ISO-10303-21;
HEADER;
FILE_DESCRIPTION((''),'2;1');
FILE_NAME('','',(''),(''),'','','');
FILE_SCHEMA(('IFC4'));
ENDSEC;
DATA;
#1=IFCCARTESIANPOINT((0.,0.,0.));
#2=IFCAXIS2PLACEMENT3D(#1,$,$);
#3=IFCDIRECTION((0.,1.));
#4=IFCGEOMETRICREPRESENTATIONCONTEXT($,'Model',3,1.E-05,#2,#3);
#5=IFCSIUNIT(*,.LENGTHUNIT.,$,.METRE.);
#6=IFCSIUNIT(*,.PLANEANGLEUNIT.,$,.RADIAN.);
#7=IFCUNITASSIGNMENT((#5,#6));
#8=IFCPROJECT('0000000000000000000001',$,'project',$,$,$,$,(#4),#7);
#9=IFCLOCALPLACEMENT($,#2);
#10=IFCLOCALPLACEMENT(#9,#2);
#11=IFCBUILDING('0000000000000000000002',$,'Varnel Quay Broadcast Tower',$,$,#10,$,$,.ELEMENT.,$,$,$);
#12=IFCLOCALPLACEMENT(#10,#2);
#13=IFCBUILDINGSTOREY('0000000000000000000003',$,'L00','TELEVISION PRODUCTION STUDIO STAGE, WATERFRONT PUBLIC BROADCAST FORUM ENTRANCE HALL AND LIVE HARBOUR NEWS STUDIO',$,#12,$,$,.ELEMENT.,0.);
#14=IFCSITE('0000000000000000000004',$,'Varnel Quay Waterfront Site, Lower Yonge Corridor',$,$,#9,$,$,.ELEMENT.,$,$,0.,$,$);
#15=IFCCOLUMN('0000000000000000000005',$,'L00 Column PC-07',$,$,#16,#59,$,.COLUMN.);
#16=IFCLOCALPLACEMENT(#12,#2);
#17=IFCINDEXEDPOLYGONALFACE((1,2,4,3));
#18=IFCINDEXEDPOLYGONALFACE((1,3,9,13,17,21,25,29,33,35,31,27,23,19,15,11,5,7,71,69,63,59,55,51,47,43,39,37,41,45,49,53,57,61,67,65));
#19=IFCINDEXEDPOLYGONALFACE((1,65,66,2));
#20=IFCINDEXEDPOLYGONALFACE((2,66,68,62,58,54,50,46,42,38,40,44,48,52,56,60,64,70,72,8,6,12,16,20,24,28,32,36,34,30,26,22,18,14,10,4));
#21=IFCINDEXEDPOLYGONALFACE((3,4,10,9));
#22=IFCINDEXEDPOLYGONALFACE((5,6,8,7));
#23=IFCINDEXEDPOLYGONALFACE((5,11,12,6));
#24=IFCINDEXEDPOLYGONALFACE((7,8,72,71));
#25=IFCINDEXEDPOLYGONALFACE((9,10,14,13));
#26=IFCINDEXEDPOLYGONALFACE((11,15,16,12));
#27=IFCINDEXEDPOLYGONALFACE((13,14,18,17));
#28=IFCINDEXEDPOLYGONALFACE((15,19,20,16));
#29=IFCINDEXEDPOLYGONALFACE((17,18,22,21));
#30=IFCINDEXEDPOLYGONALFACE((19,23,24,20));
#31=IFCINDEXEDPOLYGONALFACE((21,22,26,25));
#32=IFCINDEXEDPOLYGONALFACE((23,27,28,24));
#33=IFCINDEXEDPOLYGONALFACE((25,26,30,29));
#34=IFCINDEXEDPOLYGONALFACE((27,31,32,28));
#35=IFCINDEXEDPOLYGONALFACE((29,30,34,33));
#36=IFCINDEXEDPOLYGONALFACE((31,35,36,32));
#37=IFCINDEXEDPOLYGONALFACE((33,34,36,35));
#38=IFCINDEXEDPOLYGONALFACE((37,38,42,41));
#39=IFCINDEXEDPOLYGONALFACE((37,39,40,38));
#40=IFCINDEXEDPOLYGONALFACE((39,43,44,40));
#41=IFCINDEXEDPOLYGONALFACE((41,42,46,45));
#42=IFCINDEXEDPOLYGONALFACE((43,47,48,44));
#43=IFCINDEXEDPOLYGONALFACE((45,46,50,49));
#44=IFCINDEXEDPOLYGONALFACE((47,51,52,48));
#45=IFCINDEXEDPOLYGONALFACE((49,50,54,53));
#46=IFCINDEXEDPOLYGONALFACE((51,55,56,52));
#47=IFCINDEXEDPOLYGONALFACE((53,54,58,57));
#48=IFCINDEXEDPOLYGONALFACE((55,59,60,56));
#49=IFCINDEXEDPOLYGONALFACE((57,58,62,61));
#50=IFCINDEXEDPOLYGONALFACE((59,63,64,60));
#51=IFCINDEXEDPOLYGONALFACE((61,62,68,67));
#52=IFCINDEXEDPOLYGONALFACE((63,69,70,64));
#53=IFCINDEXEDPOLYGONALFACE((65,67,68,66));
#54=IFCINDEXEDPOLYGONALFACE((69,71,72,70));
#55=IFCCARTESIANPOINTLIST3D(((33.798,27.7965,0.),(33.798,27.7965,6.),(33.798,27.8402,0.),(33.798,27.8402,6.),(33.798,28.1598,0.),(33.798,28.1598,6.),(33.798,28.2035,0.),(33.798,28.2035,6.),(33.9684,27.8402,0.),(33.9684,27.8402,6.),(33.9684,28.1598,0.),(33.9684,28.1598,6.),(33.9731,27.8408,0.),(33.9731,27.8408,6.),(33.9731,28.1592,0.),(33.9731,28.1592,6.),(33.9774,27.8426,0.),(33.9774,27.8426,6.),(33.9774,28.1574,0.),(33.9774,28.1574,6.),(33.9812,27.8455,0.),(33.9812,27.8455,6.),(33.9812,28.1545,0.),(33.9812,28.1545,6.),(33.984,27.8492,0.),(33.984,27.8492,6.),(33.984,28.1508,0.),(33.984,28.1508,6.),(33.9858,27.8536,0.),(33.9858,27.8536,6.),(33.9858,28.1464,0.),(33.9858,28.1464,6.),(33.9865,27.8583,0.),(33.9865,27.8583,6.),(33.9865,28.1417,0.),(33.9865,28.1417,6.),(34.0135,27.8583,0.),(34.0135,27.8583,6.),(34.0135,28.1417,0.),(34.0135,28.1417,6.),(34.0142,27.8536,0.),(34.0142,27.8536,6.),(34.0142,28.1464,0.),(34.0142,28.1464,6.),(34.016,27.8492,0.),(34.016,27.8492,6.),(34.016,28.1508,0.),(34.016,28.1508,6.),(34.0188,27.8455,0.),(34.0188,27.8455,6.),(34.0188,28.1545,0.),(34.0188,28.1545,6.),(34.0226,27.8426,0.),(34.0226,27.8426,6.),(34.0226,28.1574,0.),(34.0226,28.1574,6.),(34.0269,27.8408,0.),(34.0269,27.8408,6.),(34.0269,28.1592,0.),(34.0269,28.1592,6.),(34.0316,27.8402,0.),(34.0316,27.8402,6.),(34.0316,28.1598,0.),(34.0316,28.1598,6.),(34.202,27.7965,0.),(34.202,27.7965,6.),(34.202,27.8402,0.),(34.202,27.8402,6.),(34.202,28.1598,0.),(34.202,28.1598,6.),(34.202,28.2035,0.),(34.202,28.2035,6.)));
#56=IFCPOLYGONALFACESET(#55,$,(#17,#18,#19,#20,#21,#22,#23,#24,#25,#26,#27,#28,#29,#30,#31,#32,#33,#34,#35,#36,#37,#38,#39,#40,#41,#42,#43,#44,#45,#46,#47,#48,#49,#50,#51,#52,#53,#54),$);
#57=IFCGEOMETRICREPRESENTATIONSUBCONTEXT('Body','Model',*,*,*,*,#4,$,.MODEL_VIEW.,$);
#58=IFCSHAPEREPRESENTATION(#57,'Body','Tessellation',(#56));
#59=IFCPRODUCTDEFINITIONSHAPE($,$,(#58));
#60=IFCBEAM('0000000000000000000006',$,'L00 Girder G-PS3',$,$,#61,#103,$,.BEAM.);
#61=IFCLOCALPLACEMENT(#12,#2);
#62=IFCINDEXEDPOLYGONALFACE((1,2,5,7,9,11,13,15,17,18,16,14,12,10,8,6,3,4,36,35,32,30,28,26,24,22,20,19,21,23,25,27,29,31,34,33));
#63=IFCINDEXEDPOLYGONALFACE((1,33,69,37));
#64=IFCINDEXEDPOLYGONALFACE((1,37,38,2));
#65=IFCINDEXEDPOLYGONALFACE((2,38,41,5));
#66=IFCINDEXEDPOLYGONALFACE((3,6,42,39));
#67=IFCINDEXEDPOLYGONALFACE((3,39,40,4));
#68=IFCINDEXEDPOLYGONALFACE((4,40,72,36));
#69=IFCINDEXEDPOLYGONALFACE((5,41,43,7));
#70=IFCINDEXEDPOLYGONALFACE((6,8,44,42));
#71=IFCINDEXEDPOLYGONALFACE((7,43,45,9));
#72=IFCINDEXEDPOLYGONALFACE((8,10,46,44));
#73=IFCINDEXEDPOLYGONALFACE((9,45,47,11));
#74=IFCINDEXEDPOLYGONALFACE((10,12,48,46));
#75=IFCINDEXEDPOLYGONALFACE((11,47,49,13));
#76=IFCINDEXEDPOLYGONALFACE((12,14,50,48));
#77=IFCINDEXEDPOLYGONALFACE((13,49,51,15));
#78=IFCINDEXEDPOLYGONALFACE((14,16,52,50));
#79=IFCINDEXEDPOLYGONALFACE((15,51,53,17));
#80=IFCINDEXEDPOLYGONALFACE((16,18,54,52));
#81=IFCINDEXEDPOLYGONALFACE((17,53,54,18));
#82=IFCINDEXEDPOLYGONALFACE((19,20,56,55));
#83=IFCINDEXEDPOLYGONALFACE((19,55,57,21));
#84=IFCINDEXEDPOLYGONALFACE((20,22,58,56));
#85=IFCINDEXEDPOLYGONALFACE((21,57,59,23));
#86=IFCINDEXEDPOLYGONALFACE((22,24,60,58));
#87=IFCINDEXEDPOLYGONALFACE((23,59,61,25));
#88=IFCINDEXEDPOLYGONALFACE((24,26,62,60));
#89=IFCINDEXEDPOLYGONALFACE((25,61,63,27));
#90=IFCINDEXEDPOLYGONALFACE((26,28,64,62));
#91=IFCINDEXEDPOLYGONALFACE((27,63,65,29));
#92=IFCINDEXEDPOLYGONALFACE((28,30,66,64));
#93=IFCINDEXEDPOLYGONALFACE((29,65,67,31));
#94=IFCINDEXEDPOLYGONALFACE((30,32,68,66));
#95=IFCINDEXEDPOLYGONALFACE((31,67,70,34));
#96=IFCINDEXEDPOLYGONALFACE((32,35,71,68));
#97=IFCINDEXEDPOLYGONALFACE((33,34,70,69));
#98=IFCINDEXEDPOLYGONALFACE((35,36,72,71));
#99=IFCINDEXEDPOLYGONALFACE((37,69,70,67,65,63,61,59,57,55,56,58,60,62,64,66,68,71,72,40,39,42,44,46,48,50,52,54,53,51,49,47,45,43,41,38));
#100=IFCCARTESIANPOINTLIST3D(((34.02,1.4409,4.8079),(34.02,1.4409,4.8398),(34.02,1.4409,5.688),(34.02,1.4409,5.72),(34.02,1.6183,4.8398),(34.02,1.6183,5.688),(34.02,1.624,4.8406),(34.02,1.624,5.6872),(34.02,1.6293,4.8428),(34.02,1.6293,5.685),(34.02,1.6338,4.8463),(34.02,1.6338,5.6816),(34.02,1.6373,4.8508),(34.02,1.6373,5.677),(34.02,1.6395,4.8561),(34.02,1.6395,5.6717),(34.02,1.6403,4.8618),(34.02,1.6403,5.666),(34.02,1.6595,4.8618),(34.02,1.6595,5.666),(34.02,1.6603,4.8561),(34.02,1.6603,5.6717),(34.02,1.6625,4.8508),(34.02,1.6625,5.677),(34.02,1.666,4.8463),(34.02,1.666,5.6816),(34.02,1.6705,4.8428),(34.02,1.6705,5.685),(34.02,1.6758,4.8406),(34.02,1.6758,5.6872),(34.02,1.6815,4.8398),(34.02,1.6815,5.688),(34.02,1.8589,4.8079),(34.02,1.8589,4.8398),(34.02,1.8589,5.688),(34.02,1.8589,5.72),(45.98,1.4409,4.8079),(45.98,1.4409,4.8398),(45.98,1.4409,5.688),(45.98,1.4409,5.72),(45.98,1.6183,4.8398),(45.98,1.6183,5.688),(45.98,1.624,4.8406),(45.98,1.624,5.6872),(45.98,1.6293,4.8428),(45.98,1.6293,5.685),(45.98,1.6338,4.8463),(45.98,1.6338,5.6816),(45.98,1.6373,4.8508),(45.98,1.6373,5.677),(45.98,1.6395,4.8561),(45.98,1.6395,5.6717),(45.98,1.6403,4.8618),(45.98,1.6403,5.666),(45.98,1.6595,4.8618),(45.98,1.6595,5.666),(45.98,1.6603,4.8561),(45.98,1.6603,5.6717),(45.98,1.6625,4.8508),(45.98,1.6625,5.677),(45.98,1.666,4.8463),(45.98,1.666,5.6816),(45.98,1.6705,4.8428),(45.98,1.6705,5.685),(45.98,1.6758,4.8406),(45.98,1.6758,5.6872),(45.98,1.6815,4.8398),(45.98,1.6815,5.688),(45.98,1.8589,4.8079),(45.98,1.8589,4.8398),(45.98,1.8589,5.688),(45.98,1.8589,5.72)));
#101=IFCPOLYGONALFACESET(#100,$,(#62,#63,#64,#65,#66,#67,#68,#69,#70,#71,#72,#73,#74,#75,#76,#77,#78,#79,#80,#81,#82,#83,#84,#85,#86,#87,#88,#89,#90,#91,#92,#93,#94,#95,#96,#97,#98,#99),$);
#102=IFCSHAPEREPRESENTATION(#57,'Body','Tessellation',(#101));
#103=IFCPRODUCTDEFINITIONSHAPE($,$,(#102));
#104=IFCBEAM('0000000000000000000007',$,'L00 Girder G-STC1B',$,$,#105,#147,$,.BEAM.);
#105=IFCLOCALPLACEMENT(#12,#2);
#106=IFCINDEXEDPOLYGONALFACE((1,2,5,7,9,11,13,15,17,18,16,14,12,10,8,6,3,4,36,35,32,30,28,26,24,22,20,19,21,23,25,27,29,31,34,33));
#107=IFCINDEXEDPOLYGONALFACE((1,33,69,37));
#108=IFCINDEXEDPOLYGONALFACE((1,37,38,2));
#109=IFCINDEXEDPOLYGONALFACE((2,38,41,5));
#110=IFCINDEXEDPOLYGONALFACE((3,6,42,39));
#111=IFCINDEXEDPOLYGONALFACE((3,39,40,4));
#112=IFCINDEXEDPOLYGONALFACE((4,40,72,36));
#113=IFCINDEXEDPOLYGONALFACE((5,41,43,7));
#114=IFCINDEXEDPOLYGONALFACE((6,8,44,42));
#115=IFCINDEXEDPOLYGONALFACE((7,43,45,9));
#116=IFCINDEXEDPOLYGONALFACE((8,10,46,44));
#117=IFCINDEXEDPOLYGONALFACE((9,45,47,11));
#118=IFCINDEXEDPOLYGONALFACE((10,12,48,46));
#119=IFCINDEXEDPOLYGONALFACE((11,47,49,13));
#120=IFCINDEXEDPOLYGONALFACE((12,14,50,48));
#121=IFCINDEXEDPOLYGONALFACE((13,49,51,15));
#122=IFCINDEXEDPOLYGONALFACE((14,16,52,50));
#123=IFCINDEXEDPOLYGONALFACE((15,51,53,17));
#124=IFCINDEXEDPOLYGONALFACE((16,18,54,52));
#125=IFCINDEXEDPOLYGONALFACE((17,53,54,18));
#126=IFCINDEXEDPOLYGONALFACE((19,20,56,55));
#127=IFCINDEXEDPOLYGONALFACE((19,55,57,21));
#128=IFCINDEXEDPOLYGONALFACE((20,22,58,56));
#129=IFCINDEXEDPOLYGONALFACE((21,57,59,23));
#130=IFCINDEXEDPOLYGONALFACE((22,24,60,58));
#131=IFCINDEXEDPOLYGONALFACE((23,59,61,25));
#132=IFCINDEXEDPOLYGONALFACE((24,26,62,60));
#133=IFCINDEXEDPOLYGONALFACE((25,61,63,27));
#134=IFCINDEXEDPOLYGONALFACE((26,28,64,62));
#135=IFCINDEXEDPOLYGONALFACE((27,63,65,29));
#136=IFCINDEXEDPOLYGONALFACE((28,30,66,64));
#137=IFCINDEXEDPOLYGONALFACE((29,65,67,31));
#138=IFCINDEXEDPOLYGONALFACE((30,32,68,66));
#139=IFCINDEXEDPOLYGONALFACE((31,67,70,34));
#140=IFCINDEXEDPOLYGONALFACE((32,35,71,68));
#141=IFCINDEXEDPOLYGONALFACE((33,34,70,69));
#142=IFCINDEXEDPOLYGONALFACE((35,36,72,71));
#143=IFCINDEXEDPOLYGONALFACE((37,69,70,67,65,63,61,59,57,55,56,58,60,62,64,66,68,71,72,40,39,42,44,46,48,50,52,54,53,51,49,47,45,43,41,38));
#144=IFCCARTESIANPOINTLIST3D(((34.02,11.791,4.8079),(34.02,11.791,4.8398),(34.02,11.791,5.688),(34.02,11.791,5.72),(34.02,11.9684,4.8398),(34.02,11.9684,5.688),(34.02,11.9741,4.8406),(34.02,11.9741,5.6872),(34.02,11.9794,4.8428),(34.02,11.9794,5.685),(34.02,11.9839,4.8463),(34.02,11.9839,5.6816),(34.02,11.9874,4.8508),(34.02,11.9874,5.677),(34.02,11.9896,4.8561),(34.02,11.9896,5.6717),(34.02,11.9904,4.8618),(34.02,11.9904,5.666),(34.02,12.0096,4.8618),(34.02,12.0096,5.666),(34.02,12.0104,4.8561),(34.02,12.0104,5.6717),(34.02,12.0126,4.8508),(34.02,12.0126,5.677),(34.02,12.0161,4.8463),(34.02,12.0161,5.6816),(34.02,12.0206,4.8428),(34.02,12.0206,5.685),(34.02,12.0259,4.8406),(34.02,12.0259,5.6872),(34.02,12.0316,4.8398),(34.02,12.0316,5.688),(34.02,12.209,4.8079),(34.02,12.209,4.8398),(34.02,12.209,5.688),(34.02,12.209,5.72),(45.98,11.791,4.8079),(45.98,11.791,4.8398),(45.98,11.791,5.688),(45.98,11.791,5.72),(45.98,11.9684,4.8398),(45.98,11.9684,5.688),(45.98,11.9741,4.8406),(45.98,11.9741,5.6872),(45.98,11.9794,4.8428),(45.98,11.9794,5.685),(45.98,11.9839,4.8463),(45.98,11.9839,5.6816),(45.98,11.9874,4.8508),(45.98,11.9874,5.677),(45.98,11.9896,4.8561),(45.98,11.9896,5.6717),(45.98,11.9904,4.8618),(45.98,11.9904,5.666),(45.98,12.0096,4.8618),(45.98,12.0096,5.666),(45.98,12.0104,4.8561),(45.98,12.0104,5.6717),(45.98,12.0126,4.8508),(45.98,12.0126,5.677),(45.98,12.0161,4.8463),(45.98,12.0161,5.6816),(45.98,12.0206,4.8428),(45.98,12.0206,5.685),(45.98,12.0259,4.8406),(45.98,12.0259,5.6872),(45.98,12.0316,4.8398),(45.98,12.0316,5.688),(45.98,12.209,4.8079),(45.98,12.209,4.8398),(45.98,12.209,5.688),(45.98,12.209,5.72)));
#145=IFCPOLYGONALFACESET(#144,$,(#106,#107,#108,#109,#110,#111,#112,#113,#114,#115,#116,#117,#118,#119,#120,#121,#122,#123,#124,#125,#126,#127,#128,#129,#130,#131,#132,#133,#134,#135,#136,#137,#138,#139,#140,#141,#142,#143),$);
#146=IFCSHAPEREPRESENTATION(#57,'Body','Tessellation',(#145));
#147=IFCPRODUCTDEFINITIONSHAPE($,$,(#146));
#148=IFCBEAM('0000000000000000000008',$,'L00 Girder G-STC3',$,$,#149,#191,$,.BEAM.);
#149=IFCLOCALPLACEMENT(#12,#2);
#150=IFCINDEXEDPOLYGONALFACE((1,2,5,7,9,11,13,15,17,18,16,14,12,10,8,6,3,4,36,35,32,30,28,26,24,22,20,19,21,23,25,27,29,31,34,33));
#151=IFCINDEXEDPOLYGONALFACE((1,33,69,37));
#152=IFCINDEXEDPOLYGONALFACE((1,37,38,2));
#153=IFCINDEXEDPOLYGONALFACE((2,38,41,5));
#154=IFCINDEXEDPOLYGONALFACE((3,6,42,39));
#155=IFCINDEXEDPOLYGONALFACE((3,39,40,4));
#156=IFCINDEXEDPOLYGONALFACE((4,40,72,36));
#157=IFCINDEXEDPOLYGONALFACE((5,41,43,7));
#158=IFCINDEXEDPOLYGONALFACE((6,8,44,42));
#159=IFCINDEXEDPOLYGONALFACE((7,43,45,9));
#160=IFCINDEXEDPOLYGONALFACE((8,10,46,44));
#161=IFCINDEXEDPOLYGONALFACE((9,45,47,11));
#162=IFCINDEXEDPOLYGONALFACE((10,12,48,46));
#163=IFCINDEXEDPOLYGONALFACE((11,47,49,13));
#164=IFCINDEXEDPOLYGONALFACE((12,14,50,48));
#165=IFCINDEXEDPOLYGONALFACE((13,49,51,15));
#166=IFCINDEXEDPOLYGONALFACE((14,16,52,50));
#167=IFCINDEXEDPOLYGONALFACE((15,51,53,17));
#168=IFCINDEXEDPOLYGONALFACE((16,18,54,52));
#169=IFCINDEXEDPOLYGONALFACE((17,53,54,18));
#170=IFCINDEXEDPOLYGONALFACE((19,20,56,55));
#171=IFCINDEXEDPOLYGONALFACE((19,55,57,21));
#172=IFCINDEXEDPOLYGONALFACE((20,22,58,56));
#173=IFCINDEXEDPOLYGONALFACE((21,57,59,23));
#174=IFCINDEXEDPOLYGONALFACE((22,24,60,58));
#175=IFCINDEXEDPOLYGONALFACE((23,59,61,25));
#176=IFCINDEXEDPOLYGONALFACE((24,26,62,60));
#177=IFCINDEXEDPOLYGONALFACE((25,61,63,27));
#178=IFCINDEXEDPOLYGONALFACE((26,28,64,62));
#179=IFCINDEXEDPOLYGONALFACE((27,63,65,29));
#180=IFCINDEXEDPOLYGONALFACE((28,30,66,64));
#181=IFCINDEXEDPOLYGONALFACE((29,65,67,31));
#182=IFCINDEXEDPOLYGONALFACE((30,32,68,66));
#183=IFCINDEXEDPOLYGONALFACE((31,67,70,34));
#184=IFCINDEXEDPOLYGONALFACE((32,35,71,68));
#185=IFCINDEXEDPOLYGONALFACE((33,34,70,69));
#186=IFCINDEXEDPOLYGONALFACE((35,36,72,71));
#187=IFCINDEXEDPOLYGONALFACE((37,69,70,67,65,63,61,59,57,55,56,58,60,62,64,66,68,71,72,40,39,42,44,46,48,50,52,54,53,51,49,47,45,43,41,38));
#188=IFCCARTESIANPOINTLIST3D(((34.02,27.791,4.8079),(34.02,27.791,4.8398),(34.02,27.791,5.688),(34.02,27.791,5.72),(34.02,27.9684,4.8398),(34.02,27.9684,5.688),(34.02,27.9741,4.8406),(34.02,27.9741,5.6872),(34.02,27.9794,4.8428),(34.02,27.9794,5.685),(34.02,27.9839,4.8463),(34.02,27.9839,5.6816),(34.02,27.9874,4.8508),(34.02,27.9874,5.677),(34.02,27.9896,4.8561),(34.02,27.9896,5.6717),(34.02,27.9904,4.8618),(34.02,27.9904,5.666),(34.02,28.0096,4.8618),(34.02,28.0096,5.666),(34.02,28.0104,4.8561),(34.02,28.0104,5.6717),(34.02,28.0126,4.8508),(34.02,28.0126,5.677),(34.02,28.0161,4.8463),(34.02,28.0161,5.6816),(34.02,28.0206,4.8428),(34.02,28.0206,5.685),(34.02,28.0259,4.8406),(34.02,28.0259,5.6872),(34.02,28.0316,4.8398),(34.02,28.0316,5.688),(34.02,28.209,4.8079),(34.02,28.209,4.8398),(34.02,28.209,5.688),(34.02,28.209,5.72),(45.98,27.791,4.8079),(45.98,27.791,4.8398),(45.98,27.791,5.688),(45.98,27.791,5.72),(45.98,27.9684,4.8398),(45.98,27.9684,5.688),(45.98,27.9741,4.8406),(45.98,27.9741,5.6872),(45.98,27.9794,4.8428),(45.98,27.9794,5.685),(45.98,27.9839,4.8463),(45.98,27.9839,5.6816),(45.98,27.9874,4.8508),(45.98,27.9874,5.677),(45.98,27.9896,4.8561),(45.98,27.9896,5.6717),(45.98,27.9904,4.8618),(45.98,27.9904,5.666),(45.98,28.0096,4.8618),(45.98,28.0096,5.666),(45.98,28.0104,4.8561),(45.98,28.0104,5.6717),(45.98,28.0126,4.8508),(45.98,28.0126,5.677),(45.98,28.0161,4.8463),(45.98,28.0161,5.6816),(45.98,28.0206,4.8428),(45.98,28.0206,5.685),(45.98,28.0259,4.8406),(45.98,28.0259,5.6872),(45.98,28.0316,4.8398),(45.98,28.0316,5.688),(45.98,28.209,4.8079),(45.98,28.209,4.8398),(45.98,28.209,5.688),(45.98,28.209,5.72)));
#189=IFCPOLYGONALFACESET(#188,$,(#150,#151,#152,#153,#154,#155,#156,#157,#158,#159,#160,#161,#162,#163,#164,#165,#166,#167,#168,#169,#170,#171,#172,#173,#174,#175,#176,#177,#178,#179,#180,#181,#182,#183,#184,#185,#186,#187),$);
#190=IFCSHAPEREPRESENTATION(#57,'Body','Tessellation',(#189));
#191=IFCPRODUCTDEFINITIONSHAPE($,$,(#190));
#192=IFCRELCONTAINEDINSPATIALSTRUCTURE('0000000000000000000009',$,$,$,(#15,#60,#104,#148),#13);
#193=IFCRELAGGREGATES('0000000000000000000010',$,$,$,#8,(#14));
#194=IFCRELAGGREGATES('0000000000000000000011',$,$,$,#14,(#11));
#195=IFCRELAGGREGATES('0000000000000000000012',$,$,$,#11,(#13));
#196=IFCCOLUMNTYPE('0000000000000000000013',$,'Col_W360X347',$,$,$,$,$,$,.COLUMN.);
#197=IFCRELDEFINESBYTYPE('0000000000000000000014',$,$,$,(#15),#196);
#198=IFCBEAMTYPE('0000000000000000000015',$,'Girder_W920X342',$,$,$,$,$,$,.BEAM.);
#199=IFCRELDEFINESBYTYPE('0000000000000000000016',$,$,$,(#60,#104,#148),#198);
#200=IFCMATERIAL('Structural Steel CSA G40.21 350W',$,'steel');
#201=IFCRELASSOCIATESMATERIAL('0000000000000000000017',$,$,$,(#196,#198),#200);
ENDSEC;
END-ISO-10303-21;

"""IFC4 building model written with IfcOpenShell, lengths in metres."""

from ifc_helpers import new_model, si_unit, direction, frame, origin, origin_2d, place, context, subcontext, project, spatial, i_section, extrude, source, transform, mapped, material, material_profile, profile_set, type_object, type_shapes, element, save


model = new_model("IFC4")

# Units and contexts
model_context = context("Model", 3, precision=1e-05, world=origin(), true_north=direction((0.0, 1.0)))
body_context = subcontext(model_context, "Body", "Model", "MODEL_VIEW")
ifc_project = project(units=[si_unit("LENGTHUNIT", "METRE"), si_unit("PLANEANGLEUNIT", "RADIAN")], contexts=[model_context])

# Site, building, storey
site_placement = place(None, origin())
site = spatial("IfcSite", under=ifc_project, at=site_placement, Name="Varnel Quay Waterfront Site, Lower Yonge Corridor", CompositionType="ELEMENT", RefElevation=0.0)
building_placement = place(site_placement, origin())
building = spatial("IfcBuilding", under=site, at=building_placement, Name="Varnel Quay Broadcast Tower", CompositionType="ELEMENT")
storey_placement = place(building_placement, origin())
storey = spatial("IfcBuildingStorey", under=building, at=storey_placement, Name="L00", Description="TELEVISION PRODUCTION STUDIO STAGE, WATERFRONT PUBLIC BROADCAST FORUM ENTRANCE HALL AND LIVE HARBOUR NEWS STUDIO", CompositionType="ELEMENT", Elevation=0.0)

# Column
ifc_material_1 = material(Name="Structural Steel CSA G40.21 350W", Category="steel")
ifc_material_profile_1 = material_profile(ifc_material_1, i_section(OverallWidth=0.4041, OverallDepth=0.407, WebThickness=0.0271, FlangeThickness=0.0437, FilletRadius=0.0181, at=origin_2d()), Name="W360X347")
ifc_profile_set_1 = profile_set([ifc_material_profile_1], Name="Structural Steel CSA G40.21 350W")
column_type_1 = type_object("IfcColumnType", Name="Col_W360X347", PredefinedType="COLUMN", material=ifc_profile_set_1)
shared_shape_1 = source(origin(), body_context, "Body", "SweptSolid", [
    extrude(i_section(OverallWidth=0.4041, OverallDepth=0.407, WebThickness=0.0271, FlangeThickness=0.0437, FilletRadius=0.0181, at=origin_2d()), origin(), (0.0, 0.0, 1.0), 6.0),
])
type_shapes(column_type_1, [shared_shape_1])
for number, where, z_axis, x_axis, name in (
    (1, (34.0, 28.0, 0.0), (0.0, 0.0, 1.0), (1.0, 0.0, 0.0), "L00 Column PC-07"),
):
    element("IfcColumn", number, at=place(storey_placement, frame(where, z_axis=z_axis, x_axis=x_axis)), inside=storey, type_object=column_type_1, Name=name, PredefinedType="COLUMN", context=body_context, shape_type="MappedRepresentation", body=[
        mapped(shared_shape_1, transform((0.0, 0.0, 0.0), x_axis=(1.0, 0.0, 0.0), y_axis=(0.0, 1.0, 0.0), z_axis=(0.0, 0.0, 1.0), scale=1.0)),
    ])

# Beams
ifc_material_profile_2 = material_profile(ifc_material_1, i_section(OverallWidth=0.418, OverallDepth=0.9121, WebThickness=0.0193, FlangeThickness=0.032, FilletRadius=0.022, at=origin_2d()), Name="W920X342")
ifc_profile_set_2 = profile_set([ifc_material_profile_2], Name="Structural Steel CSA G40.21 350W")
beam_type = type_object("IfcBeamType", Name="Girder_W920X342", PredefinedType="BEAM", material=ifc_profile_set_2)
shared_shape_2 = source(origin(), body_context, "Body", "SweptSolid", [
    extrude(i_section(OverallWidth=0.418, OverallDepth=0.9121, WebThickness=0.0193, FlangeThickness=0.032, FilletRadius=0.022, at=origin_2d()), origin(), (0.0, 0.0, 1.0), 11.96),
])
for number, where, z_axis, x_axis, name in (
    (2, (34.02, 1.6499, 5.2639), (1.0, 0.0, 0.0), (0.0, 1.0, 0.0), "L00 Girder G-PS3"),
    (3, (34.02, 12.0, 5.2639), (1.0, 0.0, 0.0), (0.0, 1.0, 0.0), "L00 Girder G-STC1B"),
    (4, (34.02, 28.0, 5.2639), (1.0, 0.0, 0.0), (0.0, 1.0, 0.0), "L00 Girder G-STC3"),
):
    element("IfcBeam", number, at=place(storey_placement, frame(where, z_axis=z_axis, x_axis=x_axis)), inside=storey, type_object=beam_type, Name=name, PredefinedType="BEAM", context=body_context, shape_type="MappedRepresentation", body=[
        mapped(shared_shape_2, transform((0.0, 0.0, 0.0), x_axis=(1.0, 0.0, 0.0), y_axis=(0.0, 1.0, 0.0), z_axis=(0.0, 0.0, 1.0), scale=1.0)),
    ])

save(model, "model.ifc")
